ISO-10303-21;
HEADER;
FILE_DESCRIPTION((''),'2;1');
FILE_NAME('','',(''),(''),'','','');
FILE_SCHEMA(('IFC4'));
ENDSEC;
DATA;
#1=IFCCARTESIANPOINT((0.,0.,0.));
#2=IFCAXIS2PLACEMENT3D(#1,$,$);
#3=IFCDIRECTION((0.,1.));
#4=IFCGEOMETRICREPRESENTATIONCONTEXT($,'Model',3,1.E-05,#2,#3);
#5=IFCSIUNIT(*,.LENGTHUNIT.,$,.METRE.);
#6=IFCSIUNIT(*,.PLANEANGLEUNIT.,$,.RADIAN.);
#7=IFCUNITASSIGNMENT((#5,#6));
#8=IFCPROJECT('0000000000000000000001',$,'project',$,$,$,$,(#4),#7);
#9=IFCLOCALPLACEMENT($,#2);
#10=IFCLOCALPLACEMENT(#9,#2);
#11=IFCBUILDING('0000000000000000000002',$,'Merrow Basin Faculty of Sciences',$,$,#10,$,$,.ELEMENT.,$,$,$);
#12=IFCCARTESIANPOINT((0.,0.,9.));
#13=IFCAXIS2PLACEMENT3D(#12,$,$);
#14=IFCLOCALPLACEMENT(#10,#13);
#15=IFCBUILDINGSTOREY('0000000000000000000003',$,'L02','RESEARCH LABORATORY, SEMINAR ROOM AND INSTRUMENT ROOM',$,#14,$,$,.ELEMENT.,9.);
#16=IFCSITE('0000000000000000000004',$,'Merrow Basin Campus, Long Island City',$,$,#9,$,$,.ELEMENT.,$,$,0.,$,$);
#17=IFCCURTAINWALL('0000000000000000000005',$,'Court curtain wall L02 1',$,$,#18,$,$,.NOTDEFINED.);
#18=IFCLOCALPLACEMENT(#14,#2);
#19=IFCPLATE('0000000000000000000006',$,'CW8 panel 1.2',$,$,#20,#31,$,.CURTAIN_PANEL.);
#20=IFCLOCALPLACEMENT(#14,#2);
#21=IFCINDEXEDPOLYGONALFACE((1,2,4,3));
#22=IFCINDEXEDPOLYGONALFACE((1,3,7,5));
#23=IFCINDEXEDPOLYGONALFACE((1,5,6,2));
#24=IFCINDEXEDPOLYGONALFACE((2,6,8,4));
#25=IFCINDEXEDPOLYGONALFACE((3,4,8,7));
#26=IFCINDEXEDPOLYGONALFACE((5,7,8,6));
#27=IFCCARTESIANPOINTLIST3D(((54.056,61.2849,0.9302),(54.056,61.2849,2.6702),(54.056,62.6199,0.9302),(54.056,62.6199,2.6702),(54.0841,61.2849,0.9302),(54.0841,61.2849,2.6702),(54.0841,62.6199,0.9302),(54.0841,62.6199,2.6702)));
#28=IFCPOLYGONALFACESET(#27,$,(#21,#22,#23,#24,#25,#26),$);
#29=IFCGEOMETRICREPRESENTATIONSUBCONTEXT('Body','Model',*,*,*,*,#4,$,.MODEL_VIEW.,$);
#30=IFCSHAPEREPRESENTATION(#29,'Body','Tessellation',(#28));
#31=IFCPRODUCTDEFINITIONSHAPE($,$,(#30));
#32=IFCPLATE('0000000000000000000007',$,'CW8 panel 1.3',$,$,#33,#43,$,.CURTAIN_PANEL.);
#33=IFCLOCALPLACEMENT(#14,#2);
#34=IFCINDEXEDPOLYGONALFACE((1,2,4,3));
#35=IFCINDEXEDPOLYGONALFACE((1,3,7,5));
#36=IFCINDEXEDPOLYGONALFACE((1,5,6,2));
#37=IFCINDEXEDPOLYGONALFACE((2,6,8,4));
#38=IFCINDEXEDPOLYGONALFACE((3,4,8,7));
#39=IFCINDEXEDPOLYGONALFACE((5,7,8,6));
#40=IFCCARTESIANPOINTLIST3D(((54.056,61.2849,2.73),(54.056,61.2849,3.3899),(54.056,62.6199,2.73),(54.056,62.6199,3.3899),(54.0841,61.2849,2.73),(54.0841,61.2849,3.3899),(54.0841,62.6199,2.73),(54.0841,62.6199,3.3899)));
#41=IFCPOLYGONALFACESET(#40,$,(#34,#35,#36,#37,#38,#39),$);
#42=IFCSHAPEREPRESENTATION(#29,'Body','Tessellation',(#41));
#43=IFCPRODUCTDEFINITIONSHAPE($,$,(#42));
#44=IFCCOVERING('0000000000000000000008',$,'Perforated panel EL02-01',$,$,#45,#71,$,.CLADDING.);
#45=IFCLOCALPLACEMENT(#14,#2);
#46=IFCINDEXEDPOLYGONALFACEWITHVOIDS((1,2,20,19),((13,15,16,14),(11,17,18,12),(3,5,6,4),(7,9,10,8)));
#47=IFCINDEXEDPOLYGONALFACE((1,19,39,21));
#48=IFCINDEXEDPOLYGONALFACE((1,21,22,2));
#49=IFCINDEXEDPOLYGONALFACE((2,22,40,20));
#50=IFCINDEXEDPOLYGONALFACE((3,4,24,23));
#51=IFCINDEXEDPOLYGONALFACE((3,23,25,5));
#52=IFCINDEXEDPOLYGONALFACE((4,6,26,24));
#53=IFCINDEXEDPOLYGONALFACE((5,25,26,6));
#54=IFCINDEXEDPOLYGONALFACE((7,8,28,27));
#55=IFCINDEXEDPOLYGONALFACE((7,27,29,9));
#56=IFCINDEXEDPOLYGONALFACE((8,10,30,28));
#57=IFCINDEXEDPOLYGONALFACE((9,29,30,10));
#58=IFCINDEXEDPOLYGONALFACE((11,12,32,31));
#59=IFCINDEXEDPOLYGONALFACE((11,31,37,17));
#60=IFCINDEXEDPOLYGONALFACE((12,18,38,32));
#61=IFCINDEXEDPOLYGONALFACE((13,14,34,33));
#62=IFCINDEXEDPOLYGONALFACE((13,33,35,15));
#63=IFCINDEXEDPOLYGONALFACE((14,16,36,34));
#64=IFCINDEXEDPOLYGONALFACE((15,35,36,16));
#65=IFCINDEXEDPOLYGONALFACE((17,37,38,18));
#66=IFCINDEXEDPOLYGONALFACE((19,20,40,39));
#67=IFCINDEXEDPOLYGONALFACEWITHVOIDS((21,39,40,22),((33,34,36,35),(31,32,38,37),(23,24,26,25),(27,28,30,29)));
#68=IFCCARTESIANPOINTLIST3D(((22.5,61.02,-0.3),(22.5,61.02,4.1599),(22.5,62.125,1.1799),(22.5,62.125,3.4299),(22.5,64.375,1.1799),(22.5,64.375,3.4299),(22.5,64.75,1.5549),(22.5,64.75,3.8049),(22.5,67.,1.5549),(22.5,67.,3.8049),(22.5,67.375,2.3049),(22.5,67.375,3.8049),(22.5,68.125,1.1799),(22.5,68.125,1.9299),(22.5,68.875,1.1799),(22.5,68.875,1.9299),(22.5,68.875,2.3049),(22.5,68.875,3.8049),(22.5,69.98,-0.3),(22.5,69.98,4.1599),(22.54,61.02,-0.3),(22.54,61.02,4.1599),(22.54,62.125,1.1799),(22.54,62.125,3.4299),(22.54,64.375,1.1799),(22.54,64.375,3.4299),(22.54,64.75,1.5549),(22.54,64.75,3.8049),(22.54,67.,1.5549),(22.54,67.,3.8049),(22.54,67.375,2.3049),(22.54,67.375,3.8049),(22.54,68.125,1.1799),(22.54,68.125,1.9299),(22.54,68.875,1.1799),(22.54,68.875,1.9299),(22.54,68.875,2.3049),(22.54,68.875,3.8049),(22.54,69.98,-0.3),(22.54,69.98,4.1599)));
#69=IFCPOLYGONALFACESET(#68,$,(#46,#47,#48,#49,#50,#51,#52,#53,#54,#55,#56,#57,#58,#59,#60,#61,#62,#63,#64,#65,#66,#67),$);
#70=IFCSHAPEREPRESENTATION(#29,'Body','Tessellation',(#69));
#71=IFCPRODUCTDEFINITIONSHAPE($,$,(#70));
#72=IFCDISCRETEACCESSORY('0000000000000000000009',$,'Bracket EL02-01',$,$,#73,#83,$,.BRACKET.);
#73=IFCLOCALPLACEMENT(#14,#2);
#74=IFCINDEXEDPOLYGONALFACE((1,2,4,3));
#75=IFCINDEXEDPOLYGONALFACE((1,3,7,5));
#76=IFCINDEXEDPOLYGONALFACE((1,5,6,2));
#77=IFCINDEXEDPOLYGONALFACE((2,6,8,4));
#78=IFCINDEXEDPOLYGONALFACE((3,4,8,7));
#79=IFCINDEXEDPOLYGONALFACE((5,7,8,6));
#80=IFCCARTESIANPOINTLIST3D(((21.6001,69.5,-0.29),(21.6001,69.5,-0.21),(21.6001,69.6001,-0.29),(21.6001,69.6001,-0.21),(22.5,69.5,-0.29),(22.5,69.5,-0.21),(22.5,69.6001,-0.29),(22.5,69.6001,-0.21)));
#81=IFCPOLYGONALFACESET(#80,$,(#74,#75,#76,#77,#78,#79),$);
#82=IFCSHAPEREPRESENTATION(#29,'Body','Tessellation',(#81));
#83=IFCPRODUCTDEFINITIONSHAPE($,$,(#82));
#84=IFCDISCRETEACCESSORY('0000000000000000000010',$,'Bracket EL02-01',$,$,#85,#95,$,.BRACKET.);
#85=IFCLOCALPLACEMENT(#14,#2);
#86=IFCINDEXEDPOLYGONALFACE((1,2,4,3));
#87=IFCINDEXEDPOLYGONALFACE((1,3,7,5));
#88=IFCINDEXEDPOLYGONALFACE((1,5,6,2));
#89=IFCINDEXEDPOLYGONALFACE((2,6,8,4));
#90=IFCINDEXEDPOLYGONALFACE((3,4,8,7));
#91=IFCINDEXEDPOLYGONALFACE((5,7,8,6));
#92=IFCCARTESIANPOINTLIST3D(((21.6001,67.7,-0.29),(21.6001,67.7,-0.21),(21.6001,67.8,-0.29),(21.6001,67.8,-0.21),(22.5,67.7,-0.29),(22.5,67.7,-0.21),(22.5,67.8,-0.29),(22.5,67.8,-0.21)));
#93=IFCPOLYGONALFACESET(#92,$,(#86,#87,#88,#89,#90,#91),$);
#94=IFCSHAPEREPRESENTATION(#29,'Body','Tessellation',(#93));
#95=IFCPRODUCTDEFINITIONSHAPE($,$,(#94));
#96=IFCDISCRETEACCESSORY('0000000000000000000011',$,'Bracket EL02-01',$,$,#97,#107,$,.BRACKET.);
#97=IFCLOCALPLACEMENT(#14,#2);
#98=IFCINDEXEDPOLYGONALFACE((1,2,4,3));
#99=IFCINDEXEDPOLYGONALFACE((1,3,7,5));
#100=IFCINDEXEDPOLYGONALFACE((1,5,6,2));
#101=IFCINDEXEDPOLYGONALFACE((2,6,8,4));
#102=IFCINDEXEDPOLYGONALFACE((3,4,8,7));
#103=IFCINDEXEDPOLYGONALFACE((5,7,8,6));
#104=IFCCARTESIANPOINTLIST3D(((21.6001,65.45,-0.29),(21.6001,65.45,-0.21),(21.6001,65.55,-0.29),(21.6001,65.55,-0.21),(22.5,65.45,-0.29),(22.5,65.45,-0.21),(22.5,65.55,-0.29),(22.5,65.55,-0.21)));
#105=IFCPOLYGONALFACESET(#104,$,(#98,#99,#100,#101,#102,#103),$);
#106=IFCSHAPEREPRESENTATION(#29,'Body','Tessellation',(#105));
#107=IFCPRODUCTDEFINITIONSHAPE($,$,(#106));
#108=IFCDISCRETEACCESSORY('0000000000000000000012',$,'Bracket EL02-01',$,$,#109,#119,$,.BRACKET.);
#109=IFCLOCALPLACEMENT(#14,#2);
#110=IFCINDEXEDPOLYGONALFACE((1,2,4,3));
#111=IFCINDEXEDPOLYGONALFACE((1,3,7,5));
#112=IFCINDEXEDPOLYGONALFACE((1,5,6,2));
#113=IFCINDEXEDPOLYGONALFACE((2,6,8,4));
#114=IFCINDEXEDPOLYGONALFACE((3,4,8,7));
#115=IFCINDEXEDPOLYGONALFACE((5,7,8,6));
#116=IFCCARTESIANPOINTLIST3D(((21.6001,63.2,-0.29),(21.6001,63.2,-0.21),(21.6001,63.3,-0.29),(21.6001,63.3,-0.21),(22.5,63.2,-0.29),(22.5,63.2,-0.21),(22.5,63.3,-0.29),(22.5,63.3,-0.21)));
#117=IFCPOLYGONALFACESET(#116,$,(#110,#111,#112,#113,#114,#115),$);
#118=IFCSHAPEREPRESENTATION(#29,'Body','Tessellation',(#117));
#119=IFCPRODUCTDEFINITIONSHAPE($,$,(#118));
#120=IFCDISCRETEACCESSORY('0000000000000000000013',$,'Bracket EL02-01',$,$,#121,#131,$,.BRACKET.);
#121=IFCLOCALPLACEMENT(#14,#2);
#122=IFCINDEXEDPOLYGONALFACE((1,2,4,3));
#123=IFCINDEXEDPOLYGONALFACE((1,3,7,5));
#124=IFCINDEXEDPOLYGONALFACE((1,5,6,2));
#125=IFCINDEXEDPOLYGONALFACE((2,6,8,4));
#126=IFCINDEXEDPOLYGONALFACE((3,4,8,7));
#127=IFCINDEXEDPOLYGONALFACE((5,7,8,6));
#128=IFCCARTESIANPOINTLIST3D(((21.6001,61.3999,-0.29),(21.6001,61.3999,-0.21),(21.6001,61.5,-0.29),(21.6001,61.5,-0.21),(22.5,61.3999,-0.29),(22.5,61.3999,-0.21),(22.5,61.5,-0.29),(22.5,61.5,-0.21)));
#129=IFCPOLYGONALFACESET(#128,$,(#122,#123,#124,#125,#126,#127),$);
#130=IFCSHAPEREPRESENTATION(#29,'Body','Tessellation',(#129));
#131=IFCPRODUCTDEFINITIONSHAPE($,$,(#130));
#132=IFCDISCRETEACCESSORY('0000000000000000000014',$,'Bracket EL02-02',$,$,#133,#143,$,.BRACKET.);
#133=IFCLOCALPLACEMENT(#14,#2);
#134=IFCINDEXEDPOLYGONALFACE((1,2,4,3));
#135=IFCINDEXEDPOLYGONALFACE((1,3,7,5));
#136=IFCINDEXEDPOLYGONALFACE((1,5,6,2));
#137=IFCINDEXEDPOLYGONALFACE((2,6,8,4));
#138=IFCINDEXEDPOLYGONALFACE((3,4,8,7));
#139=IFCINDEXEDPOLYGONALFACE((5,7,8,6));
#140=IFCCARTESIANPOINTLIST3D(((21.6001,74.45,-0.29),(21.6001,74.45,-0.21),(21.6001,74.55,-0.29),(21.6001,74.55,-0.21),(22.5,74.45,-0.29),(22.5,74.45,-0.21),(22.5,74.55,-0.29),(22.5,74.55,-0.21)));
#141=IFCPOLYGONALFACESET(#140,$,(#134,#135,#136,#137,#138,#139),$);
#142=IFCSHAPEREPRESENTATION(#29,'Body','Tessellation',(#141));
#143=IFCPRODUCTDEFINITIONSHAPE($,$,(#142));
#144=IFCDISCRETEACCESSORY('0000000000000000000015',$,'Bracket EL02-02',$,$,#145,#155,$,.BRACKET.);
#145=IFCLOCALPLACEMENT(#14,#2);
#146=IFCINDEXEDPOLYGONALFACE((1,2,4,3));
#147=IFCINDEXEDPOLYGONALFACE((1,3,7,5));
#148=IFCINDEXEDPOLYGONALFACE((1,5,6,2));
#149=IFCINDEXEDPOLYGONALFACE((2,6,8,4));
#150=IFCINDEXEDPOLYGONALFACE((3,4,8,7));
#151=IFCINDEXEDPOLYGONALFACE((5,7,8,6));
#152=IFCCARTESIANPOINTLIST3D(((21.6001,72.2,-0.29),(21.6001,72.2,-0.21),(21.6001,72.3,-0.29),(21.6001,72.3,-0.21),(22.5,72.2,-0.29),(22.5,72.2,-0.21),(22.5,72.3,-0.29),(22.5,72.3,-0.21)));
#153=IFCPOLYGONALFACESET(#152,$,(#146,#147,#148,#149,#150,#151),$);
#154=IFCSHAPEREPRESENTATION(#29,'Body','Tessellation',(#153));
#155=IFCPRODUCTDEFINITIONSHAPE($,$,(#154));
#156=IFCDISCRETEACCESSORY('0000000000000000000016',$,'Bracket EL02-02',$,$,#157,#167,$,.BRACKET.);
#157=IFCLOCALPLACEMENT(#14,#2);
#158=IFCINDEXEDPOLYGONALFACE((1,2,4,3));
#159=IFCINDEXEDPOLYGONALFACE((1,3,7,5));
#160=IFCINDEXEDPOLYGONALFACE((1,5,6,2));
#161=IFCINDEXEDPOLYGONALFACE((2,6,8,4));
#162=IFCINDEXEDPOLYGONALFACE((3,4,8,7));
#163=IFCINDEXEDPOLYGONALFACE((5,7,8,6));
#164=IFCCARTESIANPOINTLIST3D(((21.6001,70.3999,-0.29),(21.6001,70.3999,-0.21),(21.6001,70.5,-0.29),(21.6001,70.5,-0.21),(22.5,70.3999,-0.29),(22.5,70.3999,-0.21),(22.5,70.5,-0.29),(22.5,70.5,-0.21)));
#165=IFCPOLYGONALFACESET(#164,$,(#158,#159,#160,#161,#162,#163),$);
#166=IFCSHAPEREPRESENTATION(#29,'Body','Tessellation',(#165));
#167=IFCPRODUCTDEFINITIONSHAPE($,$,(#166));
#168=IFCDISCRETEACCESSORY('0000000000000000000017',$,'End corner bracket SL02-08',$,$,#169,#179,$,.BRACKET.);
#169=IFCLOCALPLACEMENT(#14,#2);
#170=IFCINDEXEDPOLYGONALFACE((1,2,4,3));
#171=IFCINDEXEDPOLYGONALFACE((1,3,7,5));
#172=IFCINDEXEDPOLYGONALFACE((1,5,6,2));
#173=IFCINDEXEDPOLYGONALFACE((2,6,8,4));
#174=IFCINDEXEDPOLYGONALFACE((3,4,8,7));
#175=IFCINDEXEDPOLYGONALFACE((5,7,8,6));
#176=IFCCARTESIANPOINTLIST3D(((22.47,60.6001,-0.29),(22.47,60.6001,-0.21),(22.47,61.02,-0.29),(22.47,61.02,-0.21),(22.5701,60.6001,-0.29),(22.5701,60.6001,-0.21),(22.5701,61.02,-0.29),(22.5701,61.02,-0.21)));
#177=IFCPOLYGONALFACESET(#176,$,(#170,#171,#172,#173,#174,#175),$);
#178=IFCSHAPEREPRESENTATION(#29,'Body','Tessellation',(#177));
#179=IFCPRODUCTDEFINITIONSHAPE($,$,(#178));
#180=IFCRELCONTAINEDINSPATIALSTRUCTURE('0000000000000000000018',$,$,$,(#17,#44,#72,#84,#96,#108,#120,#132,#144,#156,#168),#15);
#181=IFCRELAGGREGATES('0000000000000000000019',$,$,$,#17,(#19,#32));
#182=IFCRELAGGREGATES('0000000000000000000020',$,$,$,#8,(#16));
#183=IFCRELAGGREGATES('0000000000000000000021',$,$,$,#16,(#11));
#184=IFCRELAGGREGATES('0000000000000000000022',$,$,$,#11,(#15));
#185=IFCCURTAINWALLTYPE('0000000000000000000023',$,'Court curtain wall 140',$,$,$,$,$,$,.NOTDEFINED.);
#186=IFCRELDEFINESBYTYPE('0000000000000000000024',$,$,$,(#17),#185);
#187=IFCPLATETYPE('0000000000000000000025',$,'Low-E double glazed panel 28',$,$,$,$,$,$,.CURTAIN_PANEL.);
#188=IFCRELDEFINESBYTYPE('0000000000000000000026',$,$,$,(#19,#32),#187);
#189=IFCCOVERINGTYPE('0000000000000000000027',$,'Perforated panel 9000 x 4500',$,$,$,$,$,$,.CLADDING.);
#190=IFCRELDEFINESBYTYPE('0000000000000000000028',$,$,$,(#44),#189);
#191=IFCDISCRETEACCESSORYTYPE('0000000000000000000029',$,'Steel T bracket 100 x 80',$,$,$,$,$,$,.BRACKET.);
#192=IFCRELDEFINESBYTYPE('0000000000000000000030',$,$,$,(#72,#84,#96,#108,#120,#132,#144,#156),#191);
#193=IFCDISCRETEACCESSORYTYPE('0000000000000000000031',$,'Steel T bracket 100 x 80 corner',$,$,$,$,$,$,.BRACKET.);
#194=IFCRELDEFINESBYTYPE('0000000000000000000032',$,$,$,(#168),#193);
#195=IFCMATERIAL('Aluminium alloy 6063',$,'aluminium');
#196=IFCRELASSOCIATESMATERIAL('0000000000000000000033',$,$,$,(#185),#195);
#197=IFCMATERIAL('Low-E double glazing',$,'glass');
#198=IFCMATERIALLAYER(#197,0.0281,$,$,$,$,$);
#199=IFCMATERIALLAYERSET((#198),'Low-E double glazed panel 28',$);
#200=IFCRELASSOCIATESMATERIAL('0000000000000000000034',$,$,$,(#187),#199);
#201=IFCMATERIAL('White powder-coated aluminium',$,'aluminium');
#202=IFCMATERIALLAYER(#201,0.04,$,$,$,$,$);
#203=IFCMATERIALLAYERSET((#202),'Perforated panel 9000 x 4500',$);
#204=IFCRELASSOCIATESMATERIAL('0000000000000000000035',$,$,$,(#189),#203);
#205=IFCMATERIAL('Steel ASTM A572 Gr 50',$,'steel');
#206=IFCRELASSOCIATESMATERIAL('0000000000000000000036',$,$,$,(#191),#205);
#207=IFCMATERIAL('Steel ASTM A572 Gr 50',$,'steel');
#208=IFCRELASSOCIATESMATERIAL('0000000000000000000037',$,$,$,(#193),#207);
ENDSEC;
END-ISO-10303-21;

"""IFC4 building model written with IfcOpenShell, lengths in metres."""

from ifc_helpers import new_model, si_unit, direction, frame, origin, origin_2d, place, context, subcontext, project, spatial, polyline, rectangle, outline, extrude, source, transform, mapped, material, layer, layer_set, type_object, element, aggregate, save


model = new_model("IFC4")

# Units and contexts
model_context = context("Model", 3, precision=1e-05, world=origin(), true_north=direction((0.0, 1.0)))
body_context = subcontext(model_context, "Body", "Model", "MODEL_VIEW")
ifc_project = project(units=[si_unit("LENGTHUNIT", "METRE"), si_unit("PLANEANGLEUNIT", "RADIAN")], contexts=[model_context])

# Site, building, storey
site_placement = place(None, origin())
site = spatial("IfcSite", under=ifc_project, at=site_placement, Name="Merrow Basin Campus, Long Island City", CompositionType="ELEMENT", RefElevation=0.0)
building_placement = place(site_placement, origin())
building = spatial("IfcBuilding", under=site, at=building_placement, Name="Merrow Basin Faculty of Sciences", CompositionType="ELEMENT")
storey_placement = place(building_placement, frame((0.0, 0.0, 9.0)))
storey = spatial("IfcBuildingStorey", under=building, at=storey_placement, Name="L02", Description="RESEARCH LABORATORY, SEMINAR ROOM AND INSTRUMENT ROOM", CompositionType="ELEMENT", Elevation=9.0)

# Curtain wall
ifc_material_1 = material(Name="Aluminium alloy 6063", Category="aluminium")
curtain_wall_type = type_object("IfcCurtainWallType", Name="Court curtain wall 140", PredefinedType="NOTDEFINED", material=ifc_material_1)
curtain_wall_placement = place(storey_placement, origin())
curtain_wall = element("IfcCurtainWall", 1, at=curtain_wall_placement, inside=storey, type_object=curtain_wall_type, Name="Court curtain wall L02 1", PredefinedType="NOTDEFINED")

# Plates
ifc_material_2 = material(Name="Low-E double glazing", Category="glass")
ifc_layer_1 = layer(ifc_material_2, 0.0281)
ifc_layer_set_1 = layer_set([ifc_layer_1], Name="Low-E double glazed panel 28")
plate_type_1 = type_object("IfcPlateType", Name="Low-E double glazed panel 28", PredefinedType="CURTAIN_PANEL", material=ifc_layer_set_1)
plate_1_placement = place(storey_placement, frame((54.0701, 61.9524, 0.9302), z_axis=(0.0, 0.0, 1.0), x_axis=(0.0, 1.0, 0.0)))
plate_1 = element("IfcPlate", 2, at=plate_1_placement, type_object=plate_type_1, Name="CW8 panel 1.2", PredefinedType="CURTAIN_PANEL", context=body_context, shape_type="SweptSolid", body=[
    extrude(rectangle(XDim=1.335, YDim=0.0281, at=origin_2d()), origin(), (0.0, 0.0, 1.0), 1.74),
])
plate_2_placement = place(storey_placement, frame((54.0701, 61.9524, 2.73), z_axis=(0.0, 0.0, 1.0), x_axis=(0.0, 1.0, 0.0)))
plate_2 = element("IfcPlate", 3, at=plate_2_placement, type_object=plate_type_1, Name="CW8 panel 1.3", PredefinedType="CURTAIN_PANEL", context=body_context, shape_type="SweptSolid", body=[
    extrude(rectangle(XDim=1.335, YDim=0.0281, at=origin_2d()), origin(), (0.0, 0.0, 1.0), 0.6599),
])
aggregate(curtain_wall, [plate_1, plate_2])

# Covering
ifc_material_3 = material(Name="White powder-coated aluminium", Category="aluminium")
ifc_layer_2 = layer(ifc_material_3, 0.04)
ifc_layer_set_2 = layer_set([ifc_layer_2], Name="Perforated panel 9000 x 4500")
covering_type = type_object("IfcCoveringType", Name="Perforated panel 9000 x 4500", PredefinedType="CLADDING", material=ifc_layer_set_2)
shared_shape_1 = source(origin(), body_context, "Body", "SweptSolid", [
    extrude(outline(polyline([(0.02, 0.02), (8.98, 0.02), (8.98, 4.48), (0.02, 4.48), (0.02, 0.02)]), holes=[polyline([(5.625, 1.5), (7.875, 1.5), (7.875, 3.75), (5.625, 3.75), (5.625, 1.5)]), polyline([(1.125, 1.5), (1.875, 1.5), (1.875, 2.25), (1.125, 2.25), (1.125, 1.5)]), polyline([(3.0, 1.875), (5.25, 1.875), (5.25, 4.125), (3.0, 4.125), (3.0, 1.875)]), polyline([(1.125, 2.625), (2.625, 2.625), (2.625, 4.125), (1.125, 4.125), (1.125, 2.625)])]), origin(), (0.0, 0.0, 1.0), 0.04),
])
covering_placement = place(storey_placement, frame((22.54, 70.0, -0.3201), z_axis=(-1.0, 0.0, 0.0), x_axis=(0.0, -1.0, 0.0)))
element("IfcCovering", 4, at=covering_placement, inside=storey, type_object=covering_type, Name="Perforated panel EL02-01", PredefinedType="CLADDING", context=body_context, shape_type="MappedRepresentation", body=[
    mapped(shared_shape_1, transform((0.0, 0.0, 0.0), scale=1.0)),
])

# Discrete accessories
ifc_material_4 = material(Name="Steel ASTM A572 Gr 50", Category="steel")
discrete_accessory_type_1 = type_object("IfcDiscreteAccessoryType", Name="Steel T bracket 100 x 80", PredefinedType="BRACKET", material=ifc_material_4)
shared_shape_2 = source(origin(), body_context, "Body", "SweptSolid", [
    extrude(outline(polyline([(0.0, 0.0), (0.1001, 0.0), (0.1001, 0.0801), (0.0, 0.0801), (0.0, 0.0)])), origin(), (0.0, 0.0, 1.0), 0.8999),
])
for number, where, z_axis, x_axis, name in (
    (5, (22.5, 69.6001, -0.29), (-1.0, 0.0, 0.0), (0.0, -1.0, 0.0), "Bracket EL02-01"),
    (6, (22.5, 67.8, -0.29), (-1.0, 0.0, 0.0), (0.0, -1.0, 0.0), "Bracket EL02-01"),
    (7, (22.5, 65.55, -0.29), (-1.0, 0.0, 0.0), (0.0, -1.0, 0.0), "Bracket EL02-01"),
    (8, (22.5, 63.3, -0.29), (-1.0, 0.0, 0.0), (0.0, -1.0, 0.0), "Bracket EL02-01"),
    (9, (22.5, 61.5, -0.29), (-1.0, 0.0, 0.0), (0.0, -1.0, 0.0), "Bracket EL02-01"),
    (10, (22.5, 74.55, -0.29), (-1.0, 0.0, 0.0), (0.0, -1.0, 0.0), "Bracket EL02-02"),
    (11, (22.5, 72.3, -0.29), (-1.0, 0.0, 0.0), (0.0, -1.0, 0.0), "Bracket EL02-02"),
    (12, (22.5, 70.5, -0.29), (-1.0, 0.0, 0.0), (0.0, -1.0, 0.0), "Bracket EL02-02"),
):
    element("IfcDiscreteAccessory", number, at=place(storey_placement, frame(where, z_axis=z_axis, x_axis=x_axis)), inside=storey, type_object=discrete_accessory_type_1, Name=name, PredefinedType="BRACKET", context=body_context, shape_type="MappedRepresentation", body=[
        mapped(shared_shape_2, transform((0.0, 0.0, 0.0), scale=1.0)),
    ])
ifc_material_5 = material(Name="Steel ASTM A572 Gr 50", Category="steel")
discrete_accessory_type_2 = type_object("IfcDiscreteAccessoryType", Name="Steel T bracket 100 x 80 corner", PredefinedType="BRACKET", material=ifc_material_5)
shared_shape_3 = source(origin(), body_context, "Body", "SweptSolid", [
    extrude(outline(polyline([(0.0, 0.0), (0.1001, 0.0), (0.1001, 0.0801), (0.0, 0.0801), (0.0, 0.0)])), origin(), (0.0, 0.0, 1.0), 0.4199),
])
discrete_accessory_placement = place(storey_placement, frame((22.5701, 60.6001, -0.29), z_axis=(0.0, 1.0, 0.0), x_axis=(-1.0, 0.0, 0.0)))
element("IfcDiscreteAccessory", 13, at=discrete_accessory_placement, inside=storey, type_object=discrete_accessory_type_2, Name="End corner bracket SL02-08", PredefinedType="BRACKET", context=body_context, shape_type="MappedRepresentation", body=[
    mapped(shared_shape_3, transform((0.0, 0.0, 0.0), scale=1.0)),
])

save(model, "model.ifc")
